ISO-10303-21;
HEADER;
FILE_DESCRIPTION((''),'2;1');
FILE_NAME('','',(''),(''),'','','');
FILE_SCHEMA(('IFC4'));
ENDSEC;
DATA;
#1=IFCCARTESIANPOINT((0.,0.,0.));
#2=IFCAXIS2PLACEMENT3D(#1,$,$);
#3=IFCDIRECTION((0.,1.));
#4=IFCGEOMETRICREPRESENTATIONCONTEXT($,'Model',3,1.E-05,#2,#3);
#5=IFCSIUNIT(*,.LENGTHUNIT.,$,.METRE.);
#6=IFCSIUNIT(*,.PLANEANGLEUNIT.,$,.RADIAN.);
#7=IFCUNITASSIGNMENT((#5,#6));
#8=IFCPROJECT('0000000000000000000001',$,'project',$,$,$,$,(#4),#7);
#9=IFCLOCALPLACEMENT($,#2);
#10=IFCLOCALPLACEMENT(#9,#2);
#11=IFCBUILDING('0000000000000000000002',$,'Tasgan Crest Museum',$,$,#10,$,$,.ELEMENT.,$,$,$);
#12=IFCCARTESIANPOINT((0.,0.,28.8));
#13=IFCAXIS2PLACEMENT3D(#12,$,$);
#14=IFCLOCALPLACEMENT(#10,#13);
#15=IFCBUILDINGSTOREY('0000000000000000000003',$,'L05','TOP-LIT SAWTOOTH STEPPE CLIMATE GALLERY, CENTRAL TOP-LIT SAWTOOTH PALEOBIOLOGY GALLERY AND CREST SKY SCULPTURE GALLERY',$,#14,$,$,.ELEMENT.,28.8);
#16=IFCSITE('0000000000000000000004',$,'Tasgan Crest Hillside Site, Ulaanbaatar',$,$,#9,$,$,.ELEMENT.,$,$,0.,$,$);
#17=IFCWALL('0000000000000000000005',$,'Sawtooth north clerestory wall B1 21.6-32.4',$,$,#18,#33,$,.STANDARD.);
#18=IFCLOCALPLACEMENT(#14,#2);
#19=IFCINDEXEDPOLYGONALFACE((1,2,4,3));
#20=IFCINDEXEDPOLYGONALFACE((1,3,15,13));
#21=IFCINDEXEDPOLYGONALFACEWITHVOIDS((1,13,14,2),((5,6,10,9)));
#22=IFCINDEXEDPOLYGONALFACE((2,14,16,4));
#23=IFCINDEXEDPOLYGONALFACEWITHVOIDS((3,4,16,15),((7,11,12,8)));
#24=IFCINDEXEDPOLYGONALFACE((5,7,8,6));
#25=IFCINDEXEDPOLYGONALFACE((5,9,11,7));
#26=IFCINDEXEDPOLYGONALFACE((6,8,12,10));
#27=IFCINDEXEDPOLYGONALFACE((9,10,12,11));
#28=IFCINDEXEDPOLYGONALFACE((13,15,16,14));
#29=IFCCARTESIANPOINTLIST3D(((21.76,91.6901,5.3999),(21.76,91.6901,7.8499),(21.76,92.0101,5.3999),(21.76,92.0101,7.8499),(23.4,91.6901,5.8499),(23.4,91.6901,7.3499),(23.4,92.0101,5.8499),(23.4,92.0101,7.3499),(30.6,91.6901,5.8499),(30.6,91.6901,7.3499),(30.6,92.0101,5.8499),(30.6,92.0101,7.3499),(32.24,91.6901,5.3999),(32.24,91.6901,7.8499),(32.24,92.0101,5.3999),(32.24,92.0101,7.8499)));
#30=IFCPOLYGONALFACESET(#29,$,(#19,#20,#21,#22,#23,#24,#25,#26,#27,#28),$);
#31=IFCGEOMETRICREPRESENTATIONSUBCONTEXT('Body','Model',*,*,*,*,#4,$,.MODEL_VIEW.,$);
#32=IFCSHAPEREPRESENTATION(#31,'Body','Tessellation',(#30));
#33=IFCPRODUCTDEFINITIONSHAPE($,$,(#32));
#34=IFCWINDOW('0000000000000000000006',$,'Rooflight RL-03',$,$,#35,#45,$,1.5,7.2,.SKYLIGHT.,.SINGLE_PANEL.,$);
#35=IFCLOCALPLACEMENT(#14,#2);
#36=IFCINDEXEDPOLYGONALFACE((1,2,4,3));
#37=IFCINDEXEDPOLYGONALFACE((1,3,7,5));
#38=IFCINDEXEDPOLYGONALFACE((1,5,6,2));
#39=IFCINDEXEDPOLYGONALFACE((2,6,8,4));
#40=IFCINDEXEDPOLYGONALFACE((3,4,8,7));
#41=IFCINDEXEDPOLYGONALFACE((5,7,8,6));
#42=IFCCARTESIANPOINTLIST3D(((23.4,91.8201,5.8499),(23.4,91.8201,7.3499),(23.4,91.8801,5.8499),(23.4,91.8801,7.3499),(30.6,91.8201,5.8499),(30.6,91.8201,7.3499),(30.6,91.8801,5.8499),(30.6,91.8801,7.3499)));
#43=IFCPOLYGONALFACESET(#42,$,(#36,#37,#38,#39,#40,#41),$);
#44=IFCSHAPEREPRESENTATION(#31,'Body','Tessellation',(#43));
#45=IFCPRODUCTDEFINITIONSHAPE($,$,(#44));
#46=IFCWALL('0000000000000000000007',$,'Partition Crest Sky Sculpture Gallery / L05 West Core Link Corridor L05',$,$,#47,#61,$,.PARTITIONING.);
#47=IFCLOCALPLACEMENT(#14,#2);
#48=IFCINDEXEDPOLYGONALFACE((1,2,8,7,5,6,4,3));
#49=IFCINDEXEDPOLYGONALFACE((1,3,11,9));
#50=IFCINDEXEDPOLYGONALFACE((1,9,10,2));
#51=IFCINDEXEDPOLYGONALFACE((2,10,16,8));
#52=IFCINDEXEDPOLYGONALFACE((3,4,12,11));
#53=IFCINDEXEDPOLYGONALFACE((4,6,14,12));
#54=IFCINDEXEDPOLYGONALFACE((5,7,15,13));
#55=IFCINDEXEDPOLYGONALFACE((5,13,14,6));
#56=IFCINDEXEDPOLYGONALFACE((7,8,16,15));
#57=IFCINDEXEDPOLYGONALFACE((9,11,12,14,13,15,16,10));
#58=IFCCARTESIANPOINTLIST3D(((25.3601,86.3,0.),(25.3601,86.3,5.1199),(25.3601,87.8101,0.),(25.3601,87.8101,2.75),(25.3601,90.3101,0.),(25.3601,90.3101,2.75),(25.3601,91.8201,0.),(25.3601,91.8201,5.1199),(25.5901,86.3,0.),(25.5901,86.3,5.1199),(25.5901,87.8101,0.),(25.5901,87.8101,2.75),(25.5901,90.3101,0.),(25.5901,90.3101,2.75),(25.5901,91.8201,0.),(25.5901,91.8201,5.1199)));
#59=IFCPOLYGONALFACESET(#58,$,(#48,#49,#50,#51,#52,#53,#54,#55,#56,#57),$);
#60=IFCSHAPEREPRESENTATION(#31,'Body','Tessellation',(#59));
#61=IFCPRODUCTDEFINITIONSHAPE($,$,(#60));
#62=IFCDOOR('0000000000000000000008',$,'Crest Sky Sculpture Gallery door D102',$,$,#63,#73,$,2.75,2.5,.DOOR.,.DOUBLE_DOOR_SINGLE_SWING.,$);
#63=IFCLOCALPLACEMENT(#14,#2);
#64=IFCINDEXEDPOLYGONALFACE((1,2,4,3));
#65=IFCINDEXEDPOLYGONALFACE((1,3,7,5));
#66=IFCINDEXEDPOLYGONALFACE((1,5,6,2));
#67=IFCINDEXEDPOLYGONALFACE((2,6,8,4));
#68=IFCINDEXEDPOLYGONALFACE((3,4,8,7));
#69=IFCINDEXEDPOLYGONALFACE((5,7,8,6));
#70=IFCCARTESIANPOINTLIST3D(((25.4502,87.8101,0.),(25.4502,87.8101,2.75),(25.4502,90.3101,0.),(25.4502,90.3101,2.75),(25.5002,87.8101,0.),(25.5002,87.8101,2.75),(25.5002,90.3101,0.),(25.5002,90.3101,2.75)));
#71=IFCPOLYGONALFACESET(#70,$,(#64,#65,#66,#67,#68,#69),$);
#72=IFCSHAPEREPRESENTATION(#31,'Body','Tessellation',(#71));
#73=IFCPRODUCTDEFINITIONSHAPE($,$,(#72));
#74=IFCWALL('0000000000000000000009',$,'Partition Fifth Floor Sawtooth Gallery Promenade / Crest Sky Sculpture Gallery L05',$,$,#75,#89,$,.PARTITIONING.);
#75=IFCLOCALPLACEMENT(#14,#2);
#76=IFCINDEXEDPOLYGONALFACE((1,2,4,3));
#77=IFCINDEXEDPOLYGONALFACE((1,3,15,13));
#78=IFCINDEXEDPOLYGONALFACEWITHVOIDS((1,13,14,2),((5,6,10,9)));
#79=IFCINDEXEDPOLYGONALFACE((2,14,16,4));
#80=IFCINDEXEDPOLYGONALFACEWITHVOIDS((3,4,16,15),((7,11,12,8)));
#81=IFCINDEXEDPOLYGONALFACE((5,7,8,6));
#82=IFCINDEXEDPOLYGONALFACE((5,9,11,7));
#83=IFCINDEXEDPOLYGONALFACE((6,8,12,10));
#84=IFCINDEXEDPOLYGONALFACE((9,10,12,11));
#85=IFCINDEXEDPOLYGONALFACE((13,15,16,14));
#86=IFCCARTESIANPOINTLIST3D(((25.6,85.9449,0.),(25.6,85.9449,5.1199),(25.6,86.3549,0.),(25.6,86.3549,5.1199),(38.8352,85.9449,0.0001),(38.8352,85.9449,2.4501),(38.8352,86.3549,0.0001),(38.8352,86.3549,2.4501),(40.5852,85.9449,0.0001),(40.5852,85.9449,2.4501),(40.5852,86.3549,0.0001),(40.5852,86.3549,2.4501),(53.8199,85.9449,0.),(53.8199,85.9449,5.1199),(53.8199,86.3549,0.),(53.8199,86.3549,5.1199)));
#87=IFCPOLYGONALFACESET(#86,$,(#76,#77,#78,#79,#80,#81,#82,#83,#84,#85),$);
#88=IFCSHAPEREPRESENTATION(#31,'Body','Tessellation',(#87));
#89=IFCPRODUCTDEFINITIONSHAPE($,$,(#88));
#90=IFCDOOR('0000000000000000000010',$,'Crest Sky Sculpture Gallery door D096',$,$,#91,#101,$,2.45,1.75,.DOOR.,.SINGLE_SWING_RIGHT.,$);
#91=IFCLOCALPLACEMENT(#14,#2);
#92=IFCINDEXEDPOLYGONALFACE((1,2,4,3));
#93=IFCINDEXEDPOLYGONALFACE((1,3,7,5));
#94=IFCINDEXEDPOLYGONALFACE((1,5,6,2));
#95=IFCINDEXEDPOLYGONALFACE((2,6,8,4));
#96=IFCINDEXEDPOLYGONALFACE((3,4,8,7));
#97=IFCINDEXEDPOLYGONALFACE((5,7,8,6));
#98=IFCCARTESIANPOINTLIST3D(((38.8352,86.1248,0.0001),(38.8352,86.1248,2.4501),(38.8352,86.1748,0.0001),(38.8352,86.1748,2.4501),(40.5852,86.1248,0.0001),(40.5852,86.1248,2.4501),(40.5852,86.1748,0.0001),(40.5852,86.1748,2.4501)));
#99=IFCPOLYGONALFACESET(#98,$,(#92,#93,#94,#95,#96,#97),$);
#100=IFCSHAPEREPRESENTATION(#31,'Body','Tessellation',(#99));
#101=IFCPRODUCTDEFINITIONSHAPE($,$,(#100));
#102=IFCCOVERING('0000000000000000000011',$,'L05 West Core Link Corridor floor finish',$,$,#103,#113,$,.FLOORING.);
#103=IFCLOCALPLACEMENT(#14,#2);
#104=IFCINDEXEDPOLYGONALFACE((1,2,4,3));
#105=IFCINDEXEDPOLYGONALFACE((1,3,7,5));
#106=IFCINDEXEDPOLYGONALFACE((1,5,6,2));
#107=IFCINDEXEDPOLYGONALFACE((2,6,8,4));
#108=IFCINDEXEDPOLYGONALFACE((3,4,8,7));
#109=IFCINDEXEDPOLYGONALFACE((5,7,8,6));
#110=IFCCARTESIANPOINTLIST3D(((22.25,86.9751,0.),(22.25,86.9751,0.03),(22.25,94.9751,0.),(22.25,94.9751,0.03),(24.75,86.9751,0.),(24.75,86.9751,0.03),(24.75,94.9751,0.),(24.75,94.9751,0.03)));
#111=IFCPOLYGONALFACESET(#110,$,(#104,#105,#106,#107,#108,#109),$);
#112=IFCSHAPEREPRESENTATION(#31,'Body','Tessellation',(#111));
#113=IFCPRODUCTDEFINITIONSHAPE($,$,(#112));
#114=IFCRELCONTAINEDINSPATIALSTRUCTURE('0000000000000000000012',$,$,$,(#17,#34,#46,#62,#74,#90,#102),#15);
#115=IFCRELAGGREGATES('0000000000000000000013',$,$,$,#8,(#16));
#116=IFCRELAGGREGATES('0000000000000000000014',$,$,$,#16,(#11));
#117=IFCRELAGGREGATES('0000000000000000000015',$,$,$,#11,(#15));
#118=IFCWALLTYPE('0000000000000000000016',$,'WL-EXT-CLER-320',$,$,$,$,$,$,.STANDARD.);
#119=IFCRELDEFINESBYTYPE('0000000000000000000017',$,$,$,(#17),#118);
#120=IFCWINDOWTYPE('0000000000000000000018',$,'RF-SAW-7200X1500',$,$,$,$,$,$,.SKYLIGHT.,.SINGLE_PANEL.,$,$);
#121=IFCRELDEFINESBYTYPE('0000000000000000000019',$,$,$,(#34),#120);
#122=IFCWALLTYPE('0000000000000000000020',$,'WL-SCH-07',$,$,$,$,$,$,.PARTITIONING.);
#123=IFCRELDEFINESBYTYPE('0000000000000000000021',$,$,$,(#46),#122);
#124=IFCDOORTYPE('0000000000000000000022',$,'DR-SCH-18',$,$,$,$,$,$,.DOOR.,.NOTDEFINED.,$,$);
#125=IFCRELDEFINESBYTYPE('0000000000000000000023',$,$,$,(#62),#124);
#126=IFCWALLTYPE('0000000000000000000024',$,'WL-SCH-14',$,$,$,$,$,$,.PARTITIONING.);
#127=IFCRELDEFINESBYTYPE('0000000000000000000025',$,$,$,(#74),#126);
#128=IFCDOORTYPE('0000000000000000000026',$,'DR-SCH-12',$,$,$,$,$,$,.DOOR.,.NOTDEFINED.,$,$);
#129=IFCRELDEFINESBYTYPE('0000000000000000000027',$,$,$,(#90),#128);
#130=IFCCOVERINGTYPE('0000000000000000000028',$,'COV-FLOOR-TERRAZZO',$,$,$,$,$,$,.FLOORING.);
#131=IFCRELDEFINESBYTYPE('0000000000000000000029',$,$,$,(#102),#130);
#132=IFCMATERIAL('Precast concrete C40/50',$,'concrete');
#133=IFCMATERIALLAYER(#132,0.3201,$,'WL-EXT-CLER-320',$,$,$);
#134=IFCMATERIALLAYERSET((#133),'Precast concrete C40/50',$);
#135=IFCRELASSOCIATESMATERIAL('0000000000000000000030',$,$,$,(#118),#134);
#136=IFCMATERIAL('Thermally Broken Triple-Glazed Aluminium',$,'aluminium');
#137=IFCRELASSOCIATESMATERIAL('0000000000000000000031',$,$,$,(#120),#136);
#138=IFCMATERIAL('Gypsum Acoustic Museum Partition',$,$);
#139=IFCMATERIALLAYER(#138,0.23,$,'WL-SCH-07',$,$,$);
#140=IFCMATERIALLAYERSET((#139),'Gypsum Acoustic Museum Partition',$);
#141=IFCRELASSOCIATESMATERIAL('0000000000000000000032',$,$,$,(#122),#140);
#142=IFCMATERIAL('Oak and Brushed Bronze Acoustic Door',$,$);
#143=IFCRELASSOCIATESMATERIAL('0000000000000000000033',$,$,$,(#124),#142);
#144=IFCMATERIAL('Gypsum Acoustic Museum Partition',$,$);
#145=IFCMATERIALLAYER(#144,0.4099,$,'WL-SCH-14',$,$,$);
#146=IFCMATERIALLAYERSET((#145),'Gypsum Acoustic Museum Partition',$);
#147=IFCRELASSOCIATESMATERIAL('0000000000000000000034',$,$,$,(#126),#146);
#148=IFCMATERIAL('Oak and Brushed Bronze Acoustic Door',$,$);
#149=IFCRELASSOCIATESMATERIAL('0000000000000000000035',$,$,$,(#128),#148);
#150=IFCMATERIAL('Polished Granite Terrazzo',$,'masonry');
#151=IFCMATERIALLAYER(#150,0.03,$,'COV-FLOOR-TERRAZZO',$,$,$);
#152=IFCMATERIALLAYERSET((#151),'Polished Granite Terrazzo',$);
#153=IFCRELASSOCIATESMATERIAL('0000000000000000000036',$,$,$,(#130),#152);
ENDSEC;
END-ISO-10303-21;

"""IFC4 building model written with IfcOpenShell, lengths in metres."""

from ifc_helpers import new_model, si_unit, direction, frame, frame_2d, origin, origin_2d, place, context, subcontext, project, spatial, rectangle, extrude, material, layer, layer_set, type_object, element, fill, save


model = new_model("IFC4")

# Units and contexts
model_context = context("Model", 3, precision=1e-05, world=origin(), true_north=direction((0.0, 1.0)))
body_context = subcontext(model_context, "Body", "Model", "MODEL_VIEW")
ifc_project = project(units=[si_unit("LENGTHUNIT", "METRE"), si_unit("PLANEANGLEUNIT", "RADIAN")], contexts=[model_context])

# Site, building, storey
site_placement = place(None, origin())
site = spatial("IfcSite", under=ifc_project, at=site_placement, Name="Tasgan Crest Hillside Site, Ulaanbaatar", CompositionType="ELEMENT", RefElevation=0.0)
building_placement = place(site_placement, origin())
building = spatial("IfcBuilding", under=site, at=building_placement, Name="Tasgan Crest Museum", CompositionType="ELEMENT")
storey_placement = place(building_placement, frame((0.0, 0.0, 28.8)))
storey = spatial("IfcBuildingStorey", under=building, at=storey_placement, Name="L05", Description="TOP-LIT SAWTOOTH STEPPE CLIMATE GALLERY, CENTRAL TOP-LIT SAWTOOTH PALEOBIOLOGY GALLERY AND CREST SKY SCULPTURE GALLERY", CompositionType="ELEMENT", Elevation=28.8)

# Wall, opening, window
ifc_material_1 = material(Name="Precast concrete C40/50", Category="concrete")
ifc_layer_1 = layer(ifc_material_1, 0.3201, Name="WL-EXT-CLER-320")
ifc_layer_set_1 = layer_set([ifc_layer_1], Name="Precast concrete C40/50")
wall_type_1 = type_object("IfcWallType", Name="WL-EXT-CLER-320", PredefinedType="STANDARD", material=ifc_layer_set_1)
wall_1_placement = place(storey_placement, frame((21.76, 91.8501, 5.3999), z_axis=(0.0, 0.0, 1.0), x_axis=(1.0, 0.0, 0.0)))
wall_1 = element("IfcWall", 1, at=wall_1_placement, inside=storey, type_object=wall_type_1, Name="Sawtooth north clerestory wall B1 21.6-32.4", PredefinedType="STANDARD", context=body_context, shape_type="SweptSolid", body=[
    extrude(rectangle(XDim=10.48, YDim=0.3201, at=frame_2d((5.24, 0.0))), origin(), (0.0, 0.0, 1.0), 2.45),
])
opening_1_placement = place(wall_1_placement, frame((1.6399, 0.0, 0.45)))
opening_1 = element("IfcOpeningElement", 2, at=opening_1_placement, cuts=wall_1, PredefinedType="OPENING", context=body_context, shape_type="SweptSolid", body=[
    extrude(rectangle(XDim=7.2, YDim=1.5, at=frame_2d((3.6001, 0.75))), frame((0.0, 0.1699, 0.0), z_axis=(0.0, -1.0, 0.0), x_axis=(1.0, 0.0, 0.0)), (0.0, 0.0, 1.0), 0.3401),
])
ifc_material_2 = material(Name="Thermally Broken Triple-Glazed Aluminium", Category="aluminium")
window_type = type_object("IfcWindowType", Name="RF-SAW-7200X1500", PartitioningType="SINGLE_PANEL", PredefinedType="SKYLIGHT", material=ifc_material_2)
window_placement = place(opening_1_placement, origin())
window = element("IfcWindow", 3, at=window_placement, inside=storey, type_object=window_type, Name="Rooflight RL-03", OverallHeight=1.5, OverallWidth=7.2, PartitioningType="SINGLE_PANEL", PredefinedType="SKYLIGHT", context=body_context, shape_type="SweptSolid", body=[
    extrude(rectangle(XDim=7.2, YDim=1.5, at=frame_2d((3.6001, 0.75))), frame((0.0, 0.03, 0.0), z_axis=(0.0, -1.0, 0.0), x_axis=(1.0, 0.0, 0.0)), (0.0, 0.0, 1.0), 0.0601),
])
fill(opening_1, window)

# Walls, openings, doors
ifc_material_3 = material(Name="Gypsum Acoustic Museum Partition")
ifc_layer_2 = layer(ifc_material_3, 0.23, Name="WL-SCH-07")
ifc_layer_set_2 = layer_set([ifc_layer_2], Name="Gypsum Acoustic Museum Partition")
wall_type_2 = type_object("IfcWallType", Name="WL-SCH-07", PredefinedType="PARTITIONING", material=ifc_layer_set_2)
wall_2_placement = place(storey_placement, frame((25.4751, 86.3, 0.0), z_axis=(0.0, 0.0, 1.0), x_axis=(0.0, 1.0, 0.0)))
wall_2 = element("IfcWall", 4, at=wall_2_placement, inside=storey, type_object=wall_type_2, Name="Partition Crest Sky Sculpture Gallery / L05 West Core Link Corridor L05", PredefinedType="PARTITIONING", context=body_context, shape_type="SweptSolid", body=[
    extrude(rectangle(XDim=5.52, YDim=0.23, at=frame_2d((2.76, 0.0))), origin(), (0.0, 0.0, 1.0), 5.1199),
])
opening_2_placement = place(wall_2_placement, frame((1.51, 0.0, 0.0)))
opening_2 = element("IfcOpeningElement", 5, at=opening_2_placement, cuts=wall_2, PredefinedType="OPENING", context=body_context, shape_type="SweptSolid", body=[
    extrude(rectangle(XDim=2.5, YDim=2.75, at=frame_2d((1.25, 1.375))), frame((0.0, 0.125, 0.0), z_axis=(0.0, -1.0, 0.0), x_axis=(1.0, 0.0, 0.0)), (0.0, 0.0, 1.0), 0.25),
])
ifc_material_4 = material(Name="Oak and Brushed Bronze Acoustic Door")
door_type_1 = type_object("IfcDoorType", Name="DR-SCH-18", OperationType="NOTDEFINED", PredefinedType="DOOR", material=ifc_material_4)
door_1_placement = place(opening_2_placement, origin())
door_1 = element("IfcDoor", 6, at=door_1_placement, inside=storey, type_object=door_type_1, Name="Crest Sky Sculpture Gallery door D102", OperationType="DOUBLE_DOOR_SINGLE_SWING", OverallHeight=2.75, OverallWidth=2.5, PredefinedType="DOOR", context=body_context, shape_type="SweptSolid", body=[
    extrude(rectangle(XDim=2.5, YDim=2.75, at=frame_2d((1.25, 1.375))), frame((0.0, 0.0249, 0.0), z_axis=(0.0, -1.0, 0.0), x_axis=(1.0, 0.0, 0.0)), (0.0, 0.0, 1.0), 0.05),
])
fill(opening_2, door_1)
ifc_material_5 = material(Name="Gypsum Acoustic Museum Partition")
ifc_layer_3 = layer(ifc_material_5, 0.4099, Name="WL-SCH-14")
ifc_layer_set_3 = layer_set([ifc_layer_3], Name="Gypsum Acoustic Museum Partition")
wall_type_3 = type_object("IfcWallType", Name="WL-SCH-14", PredefinedType="PARTITIONING", material=ifc_layer_set_3)
wall_3_placement = place(storey_placement, frame((25.6001, 86.1499, 0.0), z_axis=(0.0, 0.0, 1.0), x_axis=(1.0, 0.0, 0.0)))
wall_3 = element("IfcWall", 7, at=wall_3_placement, inside=storey, type_object=wall_type_3, Name="Partition Fifth Floor Sawtooth Gallery Promenade / Crest Sky Sculpture Gallery L05", PredefinedType="PARTITIONING", context=body_context, shape_type="SweptSolid", body=[
    extrude(rectangle(XDim=28.22, YDim=0.4099, at=frame_2d((14.1099, 0.0))), origin(), (0.0, 0.0, 1.0), 5.1199),
])
opening_3_placement = place(wall_3_placement, frame((13.2351, 0.0, 0.0)))
opening_3 = element("IfcOpeningElement", 8, at=opening_3_placement, cuts=wall_3, PredefinedType="OPENING", context=body_context, shape_type="SweptSolid", body=[
    extrude(rectangle(XDim=1.75, YDim=2.45, at=frame_2d((0.875, 1.2251))), frame((0.0, 0.2148, 0.0), z_axis=(0.0, -1.0, 0.0), x_axis=(1.0, 0.0, 0.0)), (0.0, 0.0, 1.0), 0.4299),
])
ifc_material_6 = material(Name="Oak and Brushed Bronze Acoustic Door")
door_type_2 = type_object("IfcDoorType", Name="DR-SCH-12", OperationType="NOTDEFINED", PredefinedType="DOOR", material=ifc_material_6)
door_2_placement = place(opening_3_placement, origin())
door_2 = element("IfcDoor", 9, at=door_2_placement, inside=storey, type_object=door_type_2, Name="Crest Sky Sculpture Gallery door D096", OperationType="SINGLE_SWING_RIGHT", OverallHeight=2.45, OverallWidth=1.75, PredefinedType="DOOR", context=body_context, shape_type="SweptSolid", body=[
    extrude(rectangle(XDim=1.75, YDim=2.45, at=frame_2d((0.875, 1.2251))), frame((0.0, 0.0249, 0.0), z_axis=(0.0, -1.0, 0.0), x_axis=(1.0, 0.0, 0.0)), (0.0, 0.0, 1.0), 0.05),
])
fill(opening_3, door_2)

# Covering
ifc_material_7 = material(Name="Polished Granite Terrazzo", Category="masonry")
ifc_layer_4 = layer(ifc_material_7, 0.03, Name="COV-FLOOR-TERRAZZO")
ifc_layer_set_4 = layer_set([ifc_layer_4], Name="Polished Granite Terrazzo")
covering_type = type_object("IfcCoveringType", Name="COV-FLOOR-TERRAZZO", PredefinedType="FLOORING", material=ifc_layer_set_4)
covering_placement = place(storey_placement, frame((23.5, 90.9751, 0.0), z_axis=(0.0, 0.0, 1.0), x_axis=(1.0, 0.0, 0.0)))
element("IfcCovering", 10, at=covering_placement, inside=storey, type_object=covering_type, Name="L05 West Core Link Corridor floor finish", PredefinedType="FLOORING", context=body_context, shape_type="SweptSolid", body=[
    extrude(rectangle(XDim=2.5, YDim=8.0, at=origin_2d()), origin(), (0.0, 0.0, 1.0), 0.03),
])

save(model, "model.ifc")
